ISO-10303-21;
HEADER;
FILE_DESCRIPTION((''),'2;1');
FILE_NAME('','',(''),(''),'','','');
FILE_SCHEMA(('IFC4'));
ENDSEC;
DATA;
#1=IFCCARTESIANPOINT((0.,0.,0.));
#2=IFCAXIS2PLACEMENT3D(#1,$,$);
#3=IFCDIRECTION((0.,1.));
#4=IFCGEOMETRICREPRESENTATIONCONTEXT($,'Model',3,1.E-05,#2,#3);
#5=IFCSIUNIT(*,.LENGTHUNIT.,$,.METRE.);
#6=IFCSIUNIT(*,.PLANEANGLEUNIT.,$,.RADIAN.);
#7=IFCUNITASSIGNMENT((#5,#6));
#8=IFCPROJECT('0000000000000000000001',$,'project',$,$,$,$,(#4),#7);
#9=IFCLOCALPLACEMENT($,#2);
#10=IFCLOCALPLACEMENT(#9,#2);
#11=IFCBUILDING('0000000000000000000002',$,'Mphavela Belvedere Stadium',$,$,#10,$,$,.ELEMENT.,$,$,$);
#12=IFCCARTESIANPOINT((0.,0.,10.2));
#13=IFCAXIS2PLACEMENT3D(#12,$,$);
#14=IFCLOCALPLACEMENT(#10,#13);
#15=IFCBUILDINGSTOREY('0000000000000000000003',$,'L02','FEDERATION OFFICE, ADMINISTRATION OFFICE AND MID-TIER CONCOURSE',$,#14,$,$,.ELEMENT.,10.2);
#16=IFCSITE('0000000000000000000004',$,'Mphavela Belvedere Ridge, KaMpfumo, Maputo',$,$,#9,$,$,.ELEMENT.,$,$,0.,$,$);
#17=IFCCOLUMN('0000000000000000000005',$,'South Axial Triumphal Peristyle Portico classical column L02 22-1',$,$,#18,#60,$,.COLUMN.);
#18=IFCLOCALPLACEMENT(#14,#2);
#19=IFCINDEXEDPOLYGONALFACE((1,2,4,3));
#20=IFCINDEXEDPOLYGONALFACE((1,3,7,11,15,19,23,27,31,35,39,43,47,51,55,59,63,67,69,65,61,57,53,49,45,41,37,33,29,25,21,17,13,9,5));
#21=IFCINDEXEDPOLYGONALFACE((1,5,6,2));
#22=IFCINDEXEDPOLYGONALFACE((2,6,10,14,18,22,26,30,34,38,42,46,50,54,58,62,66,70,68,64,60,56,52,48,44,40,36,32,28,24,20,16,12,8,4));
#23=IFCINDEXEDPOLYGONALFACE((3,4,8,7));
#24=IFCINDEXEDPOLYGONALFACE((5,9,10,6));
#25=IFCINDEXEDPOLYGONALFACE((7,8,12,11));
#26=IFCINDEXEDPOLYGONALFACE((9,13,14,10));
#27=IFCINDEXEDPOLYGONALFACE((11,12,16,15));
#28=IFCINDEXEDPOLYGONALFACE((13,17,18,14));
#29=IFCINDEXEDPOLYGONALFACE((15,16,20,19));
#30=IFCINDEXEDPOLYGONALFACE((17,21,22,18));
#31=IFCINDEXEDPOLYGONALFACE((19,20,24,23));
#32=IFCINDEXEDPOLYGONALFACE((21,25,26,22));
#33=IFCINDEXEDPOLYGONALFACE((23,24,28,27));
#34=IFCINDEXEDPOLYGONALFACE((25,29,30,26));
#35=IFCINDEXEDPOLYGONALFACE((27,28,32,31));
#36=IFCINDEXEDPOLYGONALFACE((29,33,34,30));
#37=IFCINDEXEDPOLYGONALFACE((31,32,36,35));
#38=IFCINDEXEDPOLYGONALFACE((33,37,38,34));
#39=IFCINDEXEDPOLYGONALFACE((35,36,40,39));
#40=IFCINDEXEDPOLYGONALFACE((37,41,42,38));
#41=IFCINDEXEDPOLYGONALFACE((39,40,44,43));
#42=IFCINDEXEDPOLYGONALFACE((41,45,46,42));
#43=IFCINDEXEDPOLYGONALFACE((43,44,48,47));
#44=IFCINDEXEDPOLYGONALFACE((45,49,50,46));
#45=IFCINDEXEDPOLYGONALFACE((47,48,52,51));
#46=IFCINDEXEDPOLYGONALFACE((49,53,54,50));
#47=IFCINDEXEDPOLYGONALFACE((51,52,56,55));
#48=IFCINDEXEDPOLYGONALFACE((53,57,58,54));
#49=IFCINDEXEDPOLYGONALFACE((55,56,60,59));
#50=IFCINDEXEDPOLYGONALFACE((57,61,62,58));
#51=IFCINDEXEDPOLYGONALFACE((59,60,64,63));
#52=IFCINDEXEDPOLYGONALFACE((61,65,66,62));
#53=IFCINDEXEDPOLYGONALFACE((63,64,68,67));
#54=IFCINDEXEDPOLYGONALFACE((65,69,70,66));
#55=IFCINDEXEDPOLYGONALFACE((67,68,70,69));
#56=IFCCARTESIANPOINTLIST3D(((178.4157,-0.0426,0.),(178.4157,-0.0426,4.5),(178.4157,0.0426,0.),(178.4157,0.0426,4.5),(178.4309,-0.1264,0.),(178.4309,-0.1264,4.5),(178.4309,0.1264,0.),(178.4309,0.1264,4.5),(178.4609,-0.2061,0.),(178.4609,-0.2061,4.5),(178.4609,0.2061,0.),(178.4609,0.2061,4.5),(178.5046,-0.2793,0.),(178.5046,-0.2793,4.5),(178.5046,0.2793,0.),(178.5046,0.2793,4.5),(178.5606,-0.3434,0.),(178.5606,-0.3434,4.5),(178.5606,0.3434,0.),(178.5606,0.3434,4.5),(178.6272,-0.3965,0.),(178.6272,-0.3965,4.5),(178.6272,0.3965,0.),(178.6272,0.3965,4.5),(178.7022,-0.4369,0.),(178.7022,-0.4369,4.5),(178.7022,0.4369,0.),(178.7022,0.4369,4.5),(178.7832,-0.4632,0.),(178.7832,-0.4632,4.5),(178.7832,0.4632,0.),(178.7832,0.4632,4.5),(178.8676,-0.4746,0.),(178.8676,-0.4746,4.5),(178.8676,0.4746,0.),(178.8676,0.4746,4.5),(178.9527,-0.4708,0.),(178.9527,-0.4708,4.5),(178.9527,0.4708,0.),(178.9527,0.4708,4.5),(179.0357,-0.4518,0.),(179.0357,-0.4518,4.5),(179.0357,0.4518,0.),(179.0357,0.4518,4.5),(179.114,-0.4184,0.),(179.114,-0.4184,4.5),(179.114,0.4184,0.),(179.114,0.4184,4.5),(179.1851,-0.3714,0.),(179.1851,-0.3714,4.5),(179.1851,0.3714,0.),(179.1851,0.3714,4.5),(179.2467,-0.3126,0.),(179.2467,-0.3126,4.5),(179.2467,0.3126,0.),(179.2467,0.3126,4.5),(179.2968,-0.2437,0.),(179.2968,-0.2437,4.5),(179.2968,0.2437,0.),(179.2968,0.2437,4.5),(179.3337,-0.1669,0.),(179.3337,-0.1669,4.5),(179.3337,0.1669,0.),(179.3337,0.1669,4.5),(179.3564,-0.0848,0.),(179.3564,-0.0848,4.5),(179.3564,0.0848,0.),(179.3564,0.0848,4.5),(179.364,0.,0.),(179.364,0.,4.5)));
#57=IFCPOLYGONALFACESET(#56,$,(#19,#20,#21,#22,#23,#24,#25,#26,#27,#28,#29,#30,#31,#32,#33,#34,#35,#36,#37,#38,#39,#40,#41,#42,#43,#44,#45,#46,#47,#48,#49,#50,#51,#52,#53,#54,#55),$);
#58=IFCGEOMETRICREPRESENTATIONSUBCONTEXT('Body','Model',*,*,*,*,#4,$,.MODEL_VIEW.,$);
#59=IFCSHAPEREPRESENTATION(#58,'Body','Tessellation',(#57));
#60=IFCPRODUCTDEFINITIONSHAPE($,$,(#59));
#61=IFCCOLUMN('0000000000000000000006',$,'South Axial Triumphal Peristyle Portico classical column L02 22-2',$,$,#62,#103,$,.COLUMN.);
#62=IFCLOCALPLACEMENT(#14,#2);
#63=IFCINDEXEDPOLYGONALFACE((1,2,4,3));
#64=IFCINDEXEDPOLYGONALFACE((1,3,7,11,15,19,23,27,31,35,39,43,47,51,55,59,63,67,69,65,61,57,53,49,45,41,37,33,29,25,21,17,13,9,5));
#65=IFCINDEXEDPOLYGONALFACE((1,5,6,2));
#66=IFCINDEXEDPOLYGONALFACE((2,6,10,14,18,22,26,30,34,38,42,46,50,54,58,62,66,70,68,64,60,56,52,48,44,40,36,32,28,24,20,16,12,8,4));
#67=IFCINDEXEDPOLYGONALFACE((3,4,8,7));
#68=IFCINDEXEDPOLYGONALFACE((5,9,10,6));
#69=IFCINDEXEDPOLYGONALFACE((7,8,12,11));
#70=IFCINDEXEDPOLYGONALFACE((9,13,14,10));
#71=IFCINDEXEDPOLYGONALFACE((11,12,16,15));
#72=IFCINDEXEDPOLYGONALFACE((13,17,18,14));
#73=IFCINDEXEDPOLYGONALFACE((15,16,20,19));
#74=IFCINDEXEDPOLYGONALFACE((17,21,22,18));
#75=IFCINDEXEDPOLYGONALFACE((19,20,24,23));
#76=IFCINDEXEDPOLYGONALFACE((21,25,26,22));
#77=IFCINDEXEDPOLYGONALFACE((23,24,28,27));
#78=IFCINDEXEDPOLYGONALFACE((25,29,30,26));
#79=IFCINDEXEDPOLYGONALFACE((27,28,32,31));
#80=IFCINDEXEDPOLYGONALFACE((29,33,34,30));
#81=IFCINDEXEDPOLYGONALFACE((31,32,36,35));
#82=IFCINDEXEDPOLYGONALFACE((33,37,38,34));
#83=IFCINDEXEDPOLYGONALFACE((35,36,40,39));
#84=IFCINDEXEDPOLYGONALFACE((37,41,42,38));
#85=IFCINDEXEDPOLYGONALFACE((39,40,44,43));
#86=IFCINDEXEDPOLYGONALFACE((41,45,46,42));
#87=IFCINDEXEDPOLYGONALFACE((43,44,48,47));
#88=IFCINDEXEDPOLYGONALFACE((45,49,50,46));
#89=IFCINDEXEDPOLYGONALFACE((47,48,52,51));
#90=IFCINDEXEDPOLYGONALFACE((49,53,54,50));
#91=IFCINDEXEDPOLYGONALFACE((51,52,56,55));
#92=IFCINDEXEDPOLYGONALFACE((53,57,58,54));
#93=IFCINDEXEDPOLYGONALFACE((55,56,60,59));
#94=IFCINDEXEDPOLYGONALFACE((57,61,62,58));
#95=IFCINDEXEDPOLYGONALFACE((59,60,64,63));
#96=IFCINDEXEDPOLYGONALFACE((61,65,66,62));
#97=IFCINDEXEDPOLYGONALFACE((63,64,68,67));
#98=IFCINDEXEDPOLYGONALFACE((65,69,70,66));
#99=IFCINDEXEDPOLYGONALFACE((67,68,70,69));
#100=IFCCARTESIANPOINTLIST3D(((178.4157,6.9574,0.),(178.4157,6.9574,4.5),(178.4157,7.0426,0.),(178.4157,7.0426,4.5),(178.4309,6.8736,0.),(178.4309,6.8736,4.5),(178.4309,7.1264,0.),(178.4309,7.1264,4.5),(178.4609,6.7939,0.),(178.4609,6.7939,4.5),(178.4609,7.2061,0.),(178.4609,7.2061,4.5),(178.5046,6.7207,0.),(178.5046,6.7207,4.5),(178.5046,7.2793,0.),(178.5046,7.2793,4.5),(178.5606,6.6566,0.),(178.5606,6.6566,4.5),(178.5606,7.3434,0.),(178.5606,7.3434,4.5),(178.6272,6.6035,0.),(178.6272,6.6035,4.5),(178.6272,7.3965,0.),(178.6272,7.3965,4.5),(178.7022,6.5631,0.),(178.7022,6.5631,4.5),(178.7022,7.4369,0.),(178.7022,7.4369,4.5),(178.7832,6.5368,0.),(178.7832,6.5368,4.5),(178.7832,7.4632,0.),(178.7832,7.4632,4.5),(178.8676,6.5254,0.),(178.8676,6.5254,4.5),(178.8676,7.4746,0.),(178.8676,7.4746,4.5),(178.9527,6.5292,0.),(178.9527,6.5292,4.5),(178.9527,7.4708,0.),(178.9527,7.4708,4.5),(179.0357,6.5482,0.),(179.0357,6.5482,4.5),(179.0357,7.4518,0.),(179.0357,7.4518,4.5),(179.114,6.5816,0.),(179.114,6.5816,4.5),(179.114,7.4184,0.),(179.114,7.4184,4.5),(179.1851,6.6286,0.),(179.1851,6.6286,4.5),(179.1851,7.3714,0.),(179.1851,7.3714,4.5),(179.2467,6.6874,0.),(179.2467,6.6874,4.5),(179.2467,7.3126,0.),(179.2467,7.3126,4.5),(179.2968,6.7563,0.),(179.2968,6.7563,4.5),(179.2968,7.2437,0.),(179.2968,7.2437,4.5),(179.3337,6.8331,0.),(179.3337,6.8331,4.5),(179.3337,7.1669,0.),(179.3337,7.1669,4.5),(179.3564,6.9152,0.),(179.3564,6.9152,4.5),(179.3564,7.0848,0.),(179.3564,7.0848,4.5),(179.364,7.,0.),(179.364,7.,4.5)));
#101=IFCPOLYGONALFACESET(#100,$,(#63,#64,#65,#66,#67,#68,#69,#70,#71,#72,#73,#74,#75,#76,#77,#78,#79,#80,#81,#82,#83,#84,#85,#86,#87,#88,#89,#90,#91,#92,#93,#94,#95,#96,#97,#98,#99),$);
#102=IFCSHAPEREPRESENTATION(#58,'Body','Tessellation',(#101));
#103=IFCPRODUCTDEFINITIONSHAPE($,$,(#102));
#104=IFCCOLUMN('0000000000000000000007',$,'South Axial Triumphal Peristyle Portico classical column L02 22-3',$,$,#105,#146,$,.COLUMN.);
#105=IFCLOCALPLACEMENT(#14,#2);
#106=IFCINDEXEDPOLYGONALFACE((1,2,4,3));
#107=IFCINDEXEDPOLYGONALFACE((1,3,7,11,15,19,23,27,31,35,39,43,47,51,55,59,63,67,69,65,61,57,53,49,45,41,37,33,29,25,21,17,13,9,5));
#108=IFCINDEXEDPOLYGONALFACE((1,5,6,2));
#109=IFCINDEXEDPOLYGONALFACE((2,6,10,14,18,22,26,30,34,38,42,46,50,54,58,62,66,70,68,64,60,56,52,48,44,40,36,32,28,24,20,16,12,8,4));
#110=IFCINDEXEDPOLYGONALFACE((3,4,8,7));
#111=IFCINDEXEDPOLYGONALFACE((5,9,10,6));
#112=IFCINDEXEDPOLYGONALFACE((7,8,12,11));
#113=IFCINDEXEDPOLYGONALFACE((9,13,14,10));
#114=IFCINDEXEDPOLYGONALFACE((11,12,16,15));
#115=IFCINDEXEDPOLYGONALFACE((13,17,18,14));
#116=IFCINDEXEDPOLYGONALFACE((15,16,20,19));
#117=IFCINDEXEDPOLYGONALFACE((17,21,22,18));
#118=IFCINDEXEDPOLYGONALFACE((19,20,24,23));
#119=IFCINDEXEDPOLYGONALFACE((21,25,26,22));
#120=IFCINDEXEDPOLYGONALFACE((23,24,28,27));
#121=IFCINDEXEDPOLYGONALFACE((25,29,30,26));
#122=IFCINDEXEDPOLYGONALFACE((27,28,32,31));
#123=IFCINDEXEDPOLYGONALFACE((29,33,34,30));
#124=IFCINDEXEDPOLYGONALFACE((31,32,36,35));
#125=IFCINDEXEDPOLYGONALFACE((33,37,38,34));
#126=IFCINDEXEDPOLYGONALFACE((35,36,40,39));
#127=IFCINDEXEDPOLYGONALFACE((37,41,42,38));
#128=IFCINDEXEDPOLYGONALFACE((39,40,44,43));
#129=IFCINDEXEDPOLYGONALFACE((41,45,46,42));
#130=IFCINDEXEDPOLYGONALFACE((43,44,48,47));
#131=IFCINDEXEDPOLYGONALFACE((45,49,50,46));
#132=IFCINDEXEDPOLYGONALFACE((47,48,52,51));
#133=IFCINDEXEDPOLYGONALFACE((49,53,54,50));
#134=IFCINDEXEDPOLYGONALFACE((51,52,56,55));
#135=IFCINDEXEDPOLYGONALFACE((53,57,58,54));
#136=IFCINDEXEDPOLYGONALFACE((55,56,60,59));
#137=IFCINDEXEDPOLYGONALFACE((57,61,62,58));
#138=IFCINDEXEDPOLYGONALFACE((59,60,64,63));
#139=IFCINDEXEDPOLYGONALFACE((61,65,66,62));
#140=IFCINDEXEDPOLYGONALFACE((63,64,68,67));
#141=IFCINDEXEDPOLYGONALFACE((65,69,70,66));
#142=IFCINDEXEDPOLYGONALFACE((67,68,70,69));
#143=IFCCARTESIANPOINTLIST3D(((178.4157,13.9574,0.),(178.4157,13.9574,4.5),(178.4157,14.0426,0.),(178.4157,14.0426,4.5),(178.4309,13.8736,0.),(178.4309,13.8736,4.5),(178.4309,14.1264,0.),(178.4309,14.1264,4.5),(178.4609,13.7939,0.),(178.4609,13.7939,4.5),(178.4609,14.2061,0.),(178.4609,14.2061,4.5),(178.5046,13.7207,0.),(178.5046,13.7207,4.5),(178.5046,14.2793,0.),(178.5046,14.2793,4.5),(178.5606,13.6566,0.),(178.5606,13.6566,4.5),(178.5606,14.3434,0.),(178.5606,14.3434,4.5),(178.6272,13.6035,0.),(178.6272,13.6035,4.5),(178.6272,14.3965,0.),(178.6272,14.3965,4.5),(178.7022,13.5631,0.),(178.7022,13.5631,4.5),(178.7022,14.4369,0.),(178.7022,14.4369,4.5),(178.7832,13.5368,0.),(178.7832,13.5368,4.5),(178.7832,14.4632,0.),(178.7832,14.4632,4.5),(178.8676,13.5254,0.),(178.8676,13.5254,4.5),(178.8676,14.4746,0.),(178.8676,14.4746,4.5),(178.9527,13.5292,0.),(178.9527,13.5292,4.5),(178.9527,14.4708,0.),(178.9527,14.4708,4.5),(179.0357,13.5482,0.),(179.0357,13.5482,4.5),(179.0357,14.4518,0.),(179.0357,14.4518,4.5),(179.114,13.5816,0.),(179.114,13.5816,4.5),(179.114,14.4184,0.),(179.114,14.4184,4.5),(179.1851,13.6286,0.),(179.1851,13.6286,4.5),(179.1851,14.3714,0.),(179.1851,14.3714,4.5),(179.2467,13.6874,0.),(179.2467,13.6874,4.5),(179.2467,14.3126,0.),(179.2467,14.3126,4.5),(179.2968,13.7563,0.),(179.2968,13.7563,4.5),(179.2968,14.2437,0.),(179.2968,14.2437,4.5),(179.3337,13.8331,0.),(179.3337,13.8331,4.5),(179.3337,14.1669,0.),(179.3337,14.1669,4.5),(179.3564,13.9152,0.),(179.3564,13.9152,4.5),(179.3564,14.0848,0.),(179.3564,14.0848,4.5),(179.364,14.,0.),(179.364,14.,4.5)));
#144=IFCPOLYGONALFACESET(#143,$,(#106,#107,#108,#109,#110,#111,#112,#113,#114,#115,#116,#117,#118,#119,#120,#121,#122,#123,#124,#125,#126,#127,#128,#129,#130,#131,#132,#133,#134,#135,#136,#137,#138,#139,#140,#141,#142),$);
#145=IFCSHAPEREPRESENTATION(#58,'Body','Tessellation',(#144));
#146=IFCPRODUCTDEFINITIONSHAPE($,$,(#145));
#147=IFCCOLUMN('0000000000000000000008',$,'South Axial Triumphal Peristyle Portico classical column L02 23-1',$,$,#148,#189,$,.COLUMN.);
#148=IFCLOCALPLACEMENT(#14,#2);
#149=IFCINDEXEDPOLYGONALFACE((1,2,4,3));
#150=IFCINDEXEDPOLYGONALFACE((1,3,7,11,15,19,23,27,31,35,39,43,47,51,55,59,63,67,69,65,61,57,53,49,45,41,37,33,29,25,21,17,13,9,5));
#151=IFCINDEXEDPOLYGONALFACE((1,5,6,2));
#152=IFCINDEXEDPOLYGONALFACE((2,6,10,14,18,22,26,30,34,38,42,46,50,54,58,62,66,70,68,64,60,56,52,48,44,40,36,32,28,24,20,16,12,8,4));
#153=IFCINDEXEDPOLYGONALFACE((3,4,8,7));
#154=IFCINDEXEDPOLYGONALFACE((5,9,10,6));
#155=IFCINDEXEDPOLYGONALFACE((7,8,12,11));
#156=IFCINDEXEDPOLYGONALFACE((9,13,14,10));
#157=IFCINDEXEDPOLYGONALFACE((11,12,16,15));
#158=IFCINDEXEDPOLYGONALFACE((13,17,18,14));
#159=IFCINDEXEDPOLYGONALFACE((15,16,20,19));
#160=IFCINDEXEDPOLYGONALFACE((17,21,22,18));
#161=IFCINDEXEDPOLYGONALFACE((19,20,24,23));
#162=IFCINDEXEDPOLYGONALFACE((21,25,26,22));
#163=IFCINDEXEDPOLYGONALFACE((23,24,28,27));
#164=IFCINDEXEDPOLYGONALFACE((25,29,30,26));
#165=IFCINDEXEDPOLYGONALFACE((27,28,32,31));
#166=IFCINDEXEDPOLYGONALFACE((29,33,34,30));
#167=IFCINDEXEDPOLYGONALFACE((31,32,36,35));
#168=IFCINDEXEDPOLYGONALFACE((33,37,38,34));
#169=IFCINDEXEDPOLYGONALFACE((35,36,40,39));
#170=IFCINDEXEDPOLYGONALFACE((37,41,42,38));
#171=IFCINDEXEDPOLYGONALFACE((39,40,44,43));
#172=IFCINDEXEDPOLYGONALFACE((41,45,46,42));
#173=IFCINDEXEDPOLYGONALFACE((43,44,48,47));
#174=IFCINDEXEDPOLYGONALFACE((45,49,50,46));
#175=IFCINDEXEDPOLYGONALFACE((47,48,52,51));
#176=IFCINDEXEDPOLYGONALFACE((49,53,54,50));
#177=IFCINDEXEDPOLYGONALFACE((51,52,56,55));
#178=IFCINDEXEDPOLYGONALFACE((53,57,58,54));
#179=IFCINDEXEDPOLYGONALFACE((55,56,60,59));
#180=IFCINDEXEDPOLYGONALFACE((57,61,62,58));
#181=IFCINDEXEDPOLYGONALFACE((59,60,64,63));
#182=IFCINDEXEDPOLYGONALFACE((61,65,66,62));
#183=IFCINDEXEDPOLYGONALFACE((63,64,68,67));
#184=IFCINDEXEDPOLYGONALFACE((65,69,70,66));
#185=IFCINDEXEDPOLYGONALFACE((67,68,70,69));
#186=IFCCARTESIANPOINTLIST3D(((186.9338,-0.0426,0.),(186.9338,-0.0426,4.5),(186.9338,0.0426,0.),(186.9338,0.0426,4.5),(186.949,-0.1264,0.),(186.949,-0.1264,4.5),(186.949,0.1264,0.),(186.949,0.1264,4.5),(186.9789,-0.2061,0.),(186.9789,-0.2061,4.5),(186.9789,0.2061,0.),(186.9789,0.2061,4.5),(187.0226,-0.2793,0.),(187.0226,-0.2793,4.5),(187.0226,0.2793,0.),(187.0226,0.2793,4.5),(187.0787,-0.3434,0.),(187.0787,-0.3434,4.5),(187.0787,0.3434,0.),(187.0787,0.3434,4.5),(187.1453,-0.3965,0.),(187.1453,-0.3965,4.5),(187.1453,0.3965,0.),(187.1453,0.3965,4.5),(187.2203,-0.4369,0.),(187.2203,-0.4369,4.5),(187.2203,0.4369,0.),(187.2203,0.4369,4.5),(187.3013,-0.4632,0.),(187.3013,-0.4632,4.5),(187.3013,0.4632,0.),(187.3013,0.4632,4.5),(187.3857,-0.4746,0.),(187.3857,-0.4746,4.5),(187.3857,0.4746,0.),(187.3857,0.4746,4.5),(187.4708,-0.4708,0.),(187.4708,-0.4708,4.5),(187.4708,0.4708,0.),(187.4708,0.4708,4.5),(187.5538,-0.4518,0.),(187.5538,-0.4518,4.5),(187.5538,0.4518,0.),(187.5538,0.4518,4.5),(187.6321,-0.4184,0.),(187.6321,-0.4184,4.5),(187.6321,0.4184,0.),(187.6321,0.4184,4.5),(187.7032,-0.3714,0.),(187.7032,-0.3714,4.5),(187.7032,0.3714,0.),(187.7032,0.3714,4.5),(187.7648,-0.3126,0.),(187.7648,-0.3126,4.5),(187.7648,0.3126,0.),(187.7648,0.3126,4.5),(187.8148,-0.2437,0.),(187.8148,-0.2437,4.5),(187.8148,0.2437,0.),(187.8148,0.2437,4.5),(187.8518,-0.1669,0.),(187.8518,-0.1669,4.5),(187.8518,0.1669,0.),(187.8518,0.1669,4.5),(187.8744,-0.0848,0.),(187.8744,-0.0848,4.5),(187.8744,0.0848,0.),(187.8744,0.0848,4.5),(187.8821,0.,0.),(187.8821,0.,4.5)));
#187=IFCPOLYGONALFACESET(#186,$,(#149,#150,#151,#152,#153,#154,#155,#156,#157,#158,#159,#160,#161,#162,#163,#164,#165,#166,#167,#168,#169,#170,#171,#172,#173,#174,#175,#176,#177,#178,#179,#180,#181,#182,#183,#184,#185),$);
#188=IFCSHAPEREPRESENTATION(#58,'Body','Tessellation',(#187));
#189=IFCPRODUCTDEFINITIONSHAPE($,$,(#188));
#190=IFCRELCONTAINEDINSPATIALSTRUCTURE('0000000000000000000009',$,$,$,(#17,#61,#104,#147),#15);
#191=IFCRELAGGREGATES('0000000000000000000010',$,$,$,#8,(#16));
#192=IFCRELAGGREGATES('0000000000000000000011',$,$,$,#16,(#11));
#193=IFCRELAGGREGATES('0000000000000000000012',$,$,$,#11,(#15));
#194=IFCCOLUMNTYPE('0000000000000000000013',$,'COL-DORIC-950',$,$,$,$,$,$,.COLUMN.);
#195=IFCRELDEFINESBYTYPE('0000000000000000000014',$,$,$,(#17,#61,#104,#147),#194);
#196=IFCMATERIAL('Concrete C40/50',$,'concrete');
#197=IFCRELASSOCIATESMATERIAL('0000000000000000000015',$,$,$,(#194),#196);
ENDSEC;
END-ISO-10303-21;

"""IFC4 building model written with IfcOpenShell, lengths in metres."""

from ifc_helpers import new_model, si_unit, direction, frame, origin, origin_2d, place, context, subcontext, project, spatial, circle, extrude, material, material_profile, profile_set, type_object, element, save


model = new_model("IFC4")

# Units and contexts
model_context = context("Model", 3, precision=1e-05, world=origin(), true_north=direction((0.0, 1.0)))
body_context = subcontext(model_context, "Body", "Model", "MODEL_VIEW")
ifc_project = project(units=[si_unit("LENGTHUNIT", "METRE"), si_unit("PLANEANGLEUNIT", "RADIAN")], contexts=[model_context])

# Site, building, storey
site_placement = place(None, origin())
site = spatial("IfcSite", under=ifc_project, at=site_placement, Name="Mphavela Belvedere Ridge, KaMpfumo, Maputo", CompositionType="ELEMENT", RefElevation=0.0)
building_placement = place(site_placement, origin())
building = spatial("IfcBuilding", under=site, at=building_placement, Name="Mphavela Belvedere Stadium", CompositionType="ELEMENT")
storey_placement = place(building_placement, frame((0.0, 0.0, 10.2)))
storey = spatial("IfcBuildingStorey", under=building, at=storey_placement, Name="L02", Description="FEDERATION OFFICE, ADMINISTRATION OFFICE AND MID-TIER CONCOURSE", CompositionType="ELEMENT", Elevation=10.2)

# Columns
ifc_material_1 = material(Name="Concrete C40/50", Category="concrete")
ifc_material_profile_1 = material_profile(ifc_material_1, circle(Radius=0.4751, at=origin_2d()), Name="COL D950")
ifc_profile_set_1 = profile_set([ifc_material_profile_1], Name="Concrete C40/50")
column_type = type_object("IfcColumnType", Name="COL-DORIC-950", PredefinedType="COLUMN", material=ifc_profile_set_1)
for number, where, z_axis, x_axis, name in (
    (1, (178.8889, 0.0, 0.0), (0.0, 0.0, 1.0), (1.0, 0.0, 0.0), "South Axial Triumphal Peristyle Portico classical column L02 22-1"),
    (2, (178.8889, 7.0, 0.0), (0.0, 0.0, 1.0), (1.0, 0.0, 0.0), "South Axial Triumphal Peristyle Portico classical column L02 22-2"),
    (3, (178.8889, 14.0, 0.0), (0.0, 0.0, 1.0), (1.0, 0.0, 0.0), "South Axial Triumphal Peristyle Portico classical column L02 22-3"),
    (4, (187.407, 0.0, 0.0), (0.0, 0.0, 1.0), (1.0, 0.0, 0.0), "South Axial Triumphal Peristyle Portico classical column L02 23-1"),
):
    element("IfcColumn", number, at=place(storey_placement, frame(where, z_axis=z_axis, x_axis=x_axis)), inside=storey, type_object=column_type, Name=name, PredefinedType="COLUMN", context=body_context, shape_type="SweptSolid", body=[
        extrude(circle(Radius=0.4751, at=origin_2d()), origin(), (0.0, 0.0, 1.0), 4.5),
    ])

save(model, "model.ifc")
